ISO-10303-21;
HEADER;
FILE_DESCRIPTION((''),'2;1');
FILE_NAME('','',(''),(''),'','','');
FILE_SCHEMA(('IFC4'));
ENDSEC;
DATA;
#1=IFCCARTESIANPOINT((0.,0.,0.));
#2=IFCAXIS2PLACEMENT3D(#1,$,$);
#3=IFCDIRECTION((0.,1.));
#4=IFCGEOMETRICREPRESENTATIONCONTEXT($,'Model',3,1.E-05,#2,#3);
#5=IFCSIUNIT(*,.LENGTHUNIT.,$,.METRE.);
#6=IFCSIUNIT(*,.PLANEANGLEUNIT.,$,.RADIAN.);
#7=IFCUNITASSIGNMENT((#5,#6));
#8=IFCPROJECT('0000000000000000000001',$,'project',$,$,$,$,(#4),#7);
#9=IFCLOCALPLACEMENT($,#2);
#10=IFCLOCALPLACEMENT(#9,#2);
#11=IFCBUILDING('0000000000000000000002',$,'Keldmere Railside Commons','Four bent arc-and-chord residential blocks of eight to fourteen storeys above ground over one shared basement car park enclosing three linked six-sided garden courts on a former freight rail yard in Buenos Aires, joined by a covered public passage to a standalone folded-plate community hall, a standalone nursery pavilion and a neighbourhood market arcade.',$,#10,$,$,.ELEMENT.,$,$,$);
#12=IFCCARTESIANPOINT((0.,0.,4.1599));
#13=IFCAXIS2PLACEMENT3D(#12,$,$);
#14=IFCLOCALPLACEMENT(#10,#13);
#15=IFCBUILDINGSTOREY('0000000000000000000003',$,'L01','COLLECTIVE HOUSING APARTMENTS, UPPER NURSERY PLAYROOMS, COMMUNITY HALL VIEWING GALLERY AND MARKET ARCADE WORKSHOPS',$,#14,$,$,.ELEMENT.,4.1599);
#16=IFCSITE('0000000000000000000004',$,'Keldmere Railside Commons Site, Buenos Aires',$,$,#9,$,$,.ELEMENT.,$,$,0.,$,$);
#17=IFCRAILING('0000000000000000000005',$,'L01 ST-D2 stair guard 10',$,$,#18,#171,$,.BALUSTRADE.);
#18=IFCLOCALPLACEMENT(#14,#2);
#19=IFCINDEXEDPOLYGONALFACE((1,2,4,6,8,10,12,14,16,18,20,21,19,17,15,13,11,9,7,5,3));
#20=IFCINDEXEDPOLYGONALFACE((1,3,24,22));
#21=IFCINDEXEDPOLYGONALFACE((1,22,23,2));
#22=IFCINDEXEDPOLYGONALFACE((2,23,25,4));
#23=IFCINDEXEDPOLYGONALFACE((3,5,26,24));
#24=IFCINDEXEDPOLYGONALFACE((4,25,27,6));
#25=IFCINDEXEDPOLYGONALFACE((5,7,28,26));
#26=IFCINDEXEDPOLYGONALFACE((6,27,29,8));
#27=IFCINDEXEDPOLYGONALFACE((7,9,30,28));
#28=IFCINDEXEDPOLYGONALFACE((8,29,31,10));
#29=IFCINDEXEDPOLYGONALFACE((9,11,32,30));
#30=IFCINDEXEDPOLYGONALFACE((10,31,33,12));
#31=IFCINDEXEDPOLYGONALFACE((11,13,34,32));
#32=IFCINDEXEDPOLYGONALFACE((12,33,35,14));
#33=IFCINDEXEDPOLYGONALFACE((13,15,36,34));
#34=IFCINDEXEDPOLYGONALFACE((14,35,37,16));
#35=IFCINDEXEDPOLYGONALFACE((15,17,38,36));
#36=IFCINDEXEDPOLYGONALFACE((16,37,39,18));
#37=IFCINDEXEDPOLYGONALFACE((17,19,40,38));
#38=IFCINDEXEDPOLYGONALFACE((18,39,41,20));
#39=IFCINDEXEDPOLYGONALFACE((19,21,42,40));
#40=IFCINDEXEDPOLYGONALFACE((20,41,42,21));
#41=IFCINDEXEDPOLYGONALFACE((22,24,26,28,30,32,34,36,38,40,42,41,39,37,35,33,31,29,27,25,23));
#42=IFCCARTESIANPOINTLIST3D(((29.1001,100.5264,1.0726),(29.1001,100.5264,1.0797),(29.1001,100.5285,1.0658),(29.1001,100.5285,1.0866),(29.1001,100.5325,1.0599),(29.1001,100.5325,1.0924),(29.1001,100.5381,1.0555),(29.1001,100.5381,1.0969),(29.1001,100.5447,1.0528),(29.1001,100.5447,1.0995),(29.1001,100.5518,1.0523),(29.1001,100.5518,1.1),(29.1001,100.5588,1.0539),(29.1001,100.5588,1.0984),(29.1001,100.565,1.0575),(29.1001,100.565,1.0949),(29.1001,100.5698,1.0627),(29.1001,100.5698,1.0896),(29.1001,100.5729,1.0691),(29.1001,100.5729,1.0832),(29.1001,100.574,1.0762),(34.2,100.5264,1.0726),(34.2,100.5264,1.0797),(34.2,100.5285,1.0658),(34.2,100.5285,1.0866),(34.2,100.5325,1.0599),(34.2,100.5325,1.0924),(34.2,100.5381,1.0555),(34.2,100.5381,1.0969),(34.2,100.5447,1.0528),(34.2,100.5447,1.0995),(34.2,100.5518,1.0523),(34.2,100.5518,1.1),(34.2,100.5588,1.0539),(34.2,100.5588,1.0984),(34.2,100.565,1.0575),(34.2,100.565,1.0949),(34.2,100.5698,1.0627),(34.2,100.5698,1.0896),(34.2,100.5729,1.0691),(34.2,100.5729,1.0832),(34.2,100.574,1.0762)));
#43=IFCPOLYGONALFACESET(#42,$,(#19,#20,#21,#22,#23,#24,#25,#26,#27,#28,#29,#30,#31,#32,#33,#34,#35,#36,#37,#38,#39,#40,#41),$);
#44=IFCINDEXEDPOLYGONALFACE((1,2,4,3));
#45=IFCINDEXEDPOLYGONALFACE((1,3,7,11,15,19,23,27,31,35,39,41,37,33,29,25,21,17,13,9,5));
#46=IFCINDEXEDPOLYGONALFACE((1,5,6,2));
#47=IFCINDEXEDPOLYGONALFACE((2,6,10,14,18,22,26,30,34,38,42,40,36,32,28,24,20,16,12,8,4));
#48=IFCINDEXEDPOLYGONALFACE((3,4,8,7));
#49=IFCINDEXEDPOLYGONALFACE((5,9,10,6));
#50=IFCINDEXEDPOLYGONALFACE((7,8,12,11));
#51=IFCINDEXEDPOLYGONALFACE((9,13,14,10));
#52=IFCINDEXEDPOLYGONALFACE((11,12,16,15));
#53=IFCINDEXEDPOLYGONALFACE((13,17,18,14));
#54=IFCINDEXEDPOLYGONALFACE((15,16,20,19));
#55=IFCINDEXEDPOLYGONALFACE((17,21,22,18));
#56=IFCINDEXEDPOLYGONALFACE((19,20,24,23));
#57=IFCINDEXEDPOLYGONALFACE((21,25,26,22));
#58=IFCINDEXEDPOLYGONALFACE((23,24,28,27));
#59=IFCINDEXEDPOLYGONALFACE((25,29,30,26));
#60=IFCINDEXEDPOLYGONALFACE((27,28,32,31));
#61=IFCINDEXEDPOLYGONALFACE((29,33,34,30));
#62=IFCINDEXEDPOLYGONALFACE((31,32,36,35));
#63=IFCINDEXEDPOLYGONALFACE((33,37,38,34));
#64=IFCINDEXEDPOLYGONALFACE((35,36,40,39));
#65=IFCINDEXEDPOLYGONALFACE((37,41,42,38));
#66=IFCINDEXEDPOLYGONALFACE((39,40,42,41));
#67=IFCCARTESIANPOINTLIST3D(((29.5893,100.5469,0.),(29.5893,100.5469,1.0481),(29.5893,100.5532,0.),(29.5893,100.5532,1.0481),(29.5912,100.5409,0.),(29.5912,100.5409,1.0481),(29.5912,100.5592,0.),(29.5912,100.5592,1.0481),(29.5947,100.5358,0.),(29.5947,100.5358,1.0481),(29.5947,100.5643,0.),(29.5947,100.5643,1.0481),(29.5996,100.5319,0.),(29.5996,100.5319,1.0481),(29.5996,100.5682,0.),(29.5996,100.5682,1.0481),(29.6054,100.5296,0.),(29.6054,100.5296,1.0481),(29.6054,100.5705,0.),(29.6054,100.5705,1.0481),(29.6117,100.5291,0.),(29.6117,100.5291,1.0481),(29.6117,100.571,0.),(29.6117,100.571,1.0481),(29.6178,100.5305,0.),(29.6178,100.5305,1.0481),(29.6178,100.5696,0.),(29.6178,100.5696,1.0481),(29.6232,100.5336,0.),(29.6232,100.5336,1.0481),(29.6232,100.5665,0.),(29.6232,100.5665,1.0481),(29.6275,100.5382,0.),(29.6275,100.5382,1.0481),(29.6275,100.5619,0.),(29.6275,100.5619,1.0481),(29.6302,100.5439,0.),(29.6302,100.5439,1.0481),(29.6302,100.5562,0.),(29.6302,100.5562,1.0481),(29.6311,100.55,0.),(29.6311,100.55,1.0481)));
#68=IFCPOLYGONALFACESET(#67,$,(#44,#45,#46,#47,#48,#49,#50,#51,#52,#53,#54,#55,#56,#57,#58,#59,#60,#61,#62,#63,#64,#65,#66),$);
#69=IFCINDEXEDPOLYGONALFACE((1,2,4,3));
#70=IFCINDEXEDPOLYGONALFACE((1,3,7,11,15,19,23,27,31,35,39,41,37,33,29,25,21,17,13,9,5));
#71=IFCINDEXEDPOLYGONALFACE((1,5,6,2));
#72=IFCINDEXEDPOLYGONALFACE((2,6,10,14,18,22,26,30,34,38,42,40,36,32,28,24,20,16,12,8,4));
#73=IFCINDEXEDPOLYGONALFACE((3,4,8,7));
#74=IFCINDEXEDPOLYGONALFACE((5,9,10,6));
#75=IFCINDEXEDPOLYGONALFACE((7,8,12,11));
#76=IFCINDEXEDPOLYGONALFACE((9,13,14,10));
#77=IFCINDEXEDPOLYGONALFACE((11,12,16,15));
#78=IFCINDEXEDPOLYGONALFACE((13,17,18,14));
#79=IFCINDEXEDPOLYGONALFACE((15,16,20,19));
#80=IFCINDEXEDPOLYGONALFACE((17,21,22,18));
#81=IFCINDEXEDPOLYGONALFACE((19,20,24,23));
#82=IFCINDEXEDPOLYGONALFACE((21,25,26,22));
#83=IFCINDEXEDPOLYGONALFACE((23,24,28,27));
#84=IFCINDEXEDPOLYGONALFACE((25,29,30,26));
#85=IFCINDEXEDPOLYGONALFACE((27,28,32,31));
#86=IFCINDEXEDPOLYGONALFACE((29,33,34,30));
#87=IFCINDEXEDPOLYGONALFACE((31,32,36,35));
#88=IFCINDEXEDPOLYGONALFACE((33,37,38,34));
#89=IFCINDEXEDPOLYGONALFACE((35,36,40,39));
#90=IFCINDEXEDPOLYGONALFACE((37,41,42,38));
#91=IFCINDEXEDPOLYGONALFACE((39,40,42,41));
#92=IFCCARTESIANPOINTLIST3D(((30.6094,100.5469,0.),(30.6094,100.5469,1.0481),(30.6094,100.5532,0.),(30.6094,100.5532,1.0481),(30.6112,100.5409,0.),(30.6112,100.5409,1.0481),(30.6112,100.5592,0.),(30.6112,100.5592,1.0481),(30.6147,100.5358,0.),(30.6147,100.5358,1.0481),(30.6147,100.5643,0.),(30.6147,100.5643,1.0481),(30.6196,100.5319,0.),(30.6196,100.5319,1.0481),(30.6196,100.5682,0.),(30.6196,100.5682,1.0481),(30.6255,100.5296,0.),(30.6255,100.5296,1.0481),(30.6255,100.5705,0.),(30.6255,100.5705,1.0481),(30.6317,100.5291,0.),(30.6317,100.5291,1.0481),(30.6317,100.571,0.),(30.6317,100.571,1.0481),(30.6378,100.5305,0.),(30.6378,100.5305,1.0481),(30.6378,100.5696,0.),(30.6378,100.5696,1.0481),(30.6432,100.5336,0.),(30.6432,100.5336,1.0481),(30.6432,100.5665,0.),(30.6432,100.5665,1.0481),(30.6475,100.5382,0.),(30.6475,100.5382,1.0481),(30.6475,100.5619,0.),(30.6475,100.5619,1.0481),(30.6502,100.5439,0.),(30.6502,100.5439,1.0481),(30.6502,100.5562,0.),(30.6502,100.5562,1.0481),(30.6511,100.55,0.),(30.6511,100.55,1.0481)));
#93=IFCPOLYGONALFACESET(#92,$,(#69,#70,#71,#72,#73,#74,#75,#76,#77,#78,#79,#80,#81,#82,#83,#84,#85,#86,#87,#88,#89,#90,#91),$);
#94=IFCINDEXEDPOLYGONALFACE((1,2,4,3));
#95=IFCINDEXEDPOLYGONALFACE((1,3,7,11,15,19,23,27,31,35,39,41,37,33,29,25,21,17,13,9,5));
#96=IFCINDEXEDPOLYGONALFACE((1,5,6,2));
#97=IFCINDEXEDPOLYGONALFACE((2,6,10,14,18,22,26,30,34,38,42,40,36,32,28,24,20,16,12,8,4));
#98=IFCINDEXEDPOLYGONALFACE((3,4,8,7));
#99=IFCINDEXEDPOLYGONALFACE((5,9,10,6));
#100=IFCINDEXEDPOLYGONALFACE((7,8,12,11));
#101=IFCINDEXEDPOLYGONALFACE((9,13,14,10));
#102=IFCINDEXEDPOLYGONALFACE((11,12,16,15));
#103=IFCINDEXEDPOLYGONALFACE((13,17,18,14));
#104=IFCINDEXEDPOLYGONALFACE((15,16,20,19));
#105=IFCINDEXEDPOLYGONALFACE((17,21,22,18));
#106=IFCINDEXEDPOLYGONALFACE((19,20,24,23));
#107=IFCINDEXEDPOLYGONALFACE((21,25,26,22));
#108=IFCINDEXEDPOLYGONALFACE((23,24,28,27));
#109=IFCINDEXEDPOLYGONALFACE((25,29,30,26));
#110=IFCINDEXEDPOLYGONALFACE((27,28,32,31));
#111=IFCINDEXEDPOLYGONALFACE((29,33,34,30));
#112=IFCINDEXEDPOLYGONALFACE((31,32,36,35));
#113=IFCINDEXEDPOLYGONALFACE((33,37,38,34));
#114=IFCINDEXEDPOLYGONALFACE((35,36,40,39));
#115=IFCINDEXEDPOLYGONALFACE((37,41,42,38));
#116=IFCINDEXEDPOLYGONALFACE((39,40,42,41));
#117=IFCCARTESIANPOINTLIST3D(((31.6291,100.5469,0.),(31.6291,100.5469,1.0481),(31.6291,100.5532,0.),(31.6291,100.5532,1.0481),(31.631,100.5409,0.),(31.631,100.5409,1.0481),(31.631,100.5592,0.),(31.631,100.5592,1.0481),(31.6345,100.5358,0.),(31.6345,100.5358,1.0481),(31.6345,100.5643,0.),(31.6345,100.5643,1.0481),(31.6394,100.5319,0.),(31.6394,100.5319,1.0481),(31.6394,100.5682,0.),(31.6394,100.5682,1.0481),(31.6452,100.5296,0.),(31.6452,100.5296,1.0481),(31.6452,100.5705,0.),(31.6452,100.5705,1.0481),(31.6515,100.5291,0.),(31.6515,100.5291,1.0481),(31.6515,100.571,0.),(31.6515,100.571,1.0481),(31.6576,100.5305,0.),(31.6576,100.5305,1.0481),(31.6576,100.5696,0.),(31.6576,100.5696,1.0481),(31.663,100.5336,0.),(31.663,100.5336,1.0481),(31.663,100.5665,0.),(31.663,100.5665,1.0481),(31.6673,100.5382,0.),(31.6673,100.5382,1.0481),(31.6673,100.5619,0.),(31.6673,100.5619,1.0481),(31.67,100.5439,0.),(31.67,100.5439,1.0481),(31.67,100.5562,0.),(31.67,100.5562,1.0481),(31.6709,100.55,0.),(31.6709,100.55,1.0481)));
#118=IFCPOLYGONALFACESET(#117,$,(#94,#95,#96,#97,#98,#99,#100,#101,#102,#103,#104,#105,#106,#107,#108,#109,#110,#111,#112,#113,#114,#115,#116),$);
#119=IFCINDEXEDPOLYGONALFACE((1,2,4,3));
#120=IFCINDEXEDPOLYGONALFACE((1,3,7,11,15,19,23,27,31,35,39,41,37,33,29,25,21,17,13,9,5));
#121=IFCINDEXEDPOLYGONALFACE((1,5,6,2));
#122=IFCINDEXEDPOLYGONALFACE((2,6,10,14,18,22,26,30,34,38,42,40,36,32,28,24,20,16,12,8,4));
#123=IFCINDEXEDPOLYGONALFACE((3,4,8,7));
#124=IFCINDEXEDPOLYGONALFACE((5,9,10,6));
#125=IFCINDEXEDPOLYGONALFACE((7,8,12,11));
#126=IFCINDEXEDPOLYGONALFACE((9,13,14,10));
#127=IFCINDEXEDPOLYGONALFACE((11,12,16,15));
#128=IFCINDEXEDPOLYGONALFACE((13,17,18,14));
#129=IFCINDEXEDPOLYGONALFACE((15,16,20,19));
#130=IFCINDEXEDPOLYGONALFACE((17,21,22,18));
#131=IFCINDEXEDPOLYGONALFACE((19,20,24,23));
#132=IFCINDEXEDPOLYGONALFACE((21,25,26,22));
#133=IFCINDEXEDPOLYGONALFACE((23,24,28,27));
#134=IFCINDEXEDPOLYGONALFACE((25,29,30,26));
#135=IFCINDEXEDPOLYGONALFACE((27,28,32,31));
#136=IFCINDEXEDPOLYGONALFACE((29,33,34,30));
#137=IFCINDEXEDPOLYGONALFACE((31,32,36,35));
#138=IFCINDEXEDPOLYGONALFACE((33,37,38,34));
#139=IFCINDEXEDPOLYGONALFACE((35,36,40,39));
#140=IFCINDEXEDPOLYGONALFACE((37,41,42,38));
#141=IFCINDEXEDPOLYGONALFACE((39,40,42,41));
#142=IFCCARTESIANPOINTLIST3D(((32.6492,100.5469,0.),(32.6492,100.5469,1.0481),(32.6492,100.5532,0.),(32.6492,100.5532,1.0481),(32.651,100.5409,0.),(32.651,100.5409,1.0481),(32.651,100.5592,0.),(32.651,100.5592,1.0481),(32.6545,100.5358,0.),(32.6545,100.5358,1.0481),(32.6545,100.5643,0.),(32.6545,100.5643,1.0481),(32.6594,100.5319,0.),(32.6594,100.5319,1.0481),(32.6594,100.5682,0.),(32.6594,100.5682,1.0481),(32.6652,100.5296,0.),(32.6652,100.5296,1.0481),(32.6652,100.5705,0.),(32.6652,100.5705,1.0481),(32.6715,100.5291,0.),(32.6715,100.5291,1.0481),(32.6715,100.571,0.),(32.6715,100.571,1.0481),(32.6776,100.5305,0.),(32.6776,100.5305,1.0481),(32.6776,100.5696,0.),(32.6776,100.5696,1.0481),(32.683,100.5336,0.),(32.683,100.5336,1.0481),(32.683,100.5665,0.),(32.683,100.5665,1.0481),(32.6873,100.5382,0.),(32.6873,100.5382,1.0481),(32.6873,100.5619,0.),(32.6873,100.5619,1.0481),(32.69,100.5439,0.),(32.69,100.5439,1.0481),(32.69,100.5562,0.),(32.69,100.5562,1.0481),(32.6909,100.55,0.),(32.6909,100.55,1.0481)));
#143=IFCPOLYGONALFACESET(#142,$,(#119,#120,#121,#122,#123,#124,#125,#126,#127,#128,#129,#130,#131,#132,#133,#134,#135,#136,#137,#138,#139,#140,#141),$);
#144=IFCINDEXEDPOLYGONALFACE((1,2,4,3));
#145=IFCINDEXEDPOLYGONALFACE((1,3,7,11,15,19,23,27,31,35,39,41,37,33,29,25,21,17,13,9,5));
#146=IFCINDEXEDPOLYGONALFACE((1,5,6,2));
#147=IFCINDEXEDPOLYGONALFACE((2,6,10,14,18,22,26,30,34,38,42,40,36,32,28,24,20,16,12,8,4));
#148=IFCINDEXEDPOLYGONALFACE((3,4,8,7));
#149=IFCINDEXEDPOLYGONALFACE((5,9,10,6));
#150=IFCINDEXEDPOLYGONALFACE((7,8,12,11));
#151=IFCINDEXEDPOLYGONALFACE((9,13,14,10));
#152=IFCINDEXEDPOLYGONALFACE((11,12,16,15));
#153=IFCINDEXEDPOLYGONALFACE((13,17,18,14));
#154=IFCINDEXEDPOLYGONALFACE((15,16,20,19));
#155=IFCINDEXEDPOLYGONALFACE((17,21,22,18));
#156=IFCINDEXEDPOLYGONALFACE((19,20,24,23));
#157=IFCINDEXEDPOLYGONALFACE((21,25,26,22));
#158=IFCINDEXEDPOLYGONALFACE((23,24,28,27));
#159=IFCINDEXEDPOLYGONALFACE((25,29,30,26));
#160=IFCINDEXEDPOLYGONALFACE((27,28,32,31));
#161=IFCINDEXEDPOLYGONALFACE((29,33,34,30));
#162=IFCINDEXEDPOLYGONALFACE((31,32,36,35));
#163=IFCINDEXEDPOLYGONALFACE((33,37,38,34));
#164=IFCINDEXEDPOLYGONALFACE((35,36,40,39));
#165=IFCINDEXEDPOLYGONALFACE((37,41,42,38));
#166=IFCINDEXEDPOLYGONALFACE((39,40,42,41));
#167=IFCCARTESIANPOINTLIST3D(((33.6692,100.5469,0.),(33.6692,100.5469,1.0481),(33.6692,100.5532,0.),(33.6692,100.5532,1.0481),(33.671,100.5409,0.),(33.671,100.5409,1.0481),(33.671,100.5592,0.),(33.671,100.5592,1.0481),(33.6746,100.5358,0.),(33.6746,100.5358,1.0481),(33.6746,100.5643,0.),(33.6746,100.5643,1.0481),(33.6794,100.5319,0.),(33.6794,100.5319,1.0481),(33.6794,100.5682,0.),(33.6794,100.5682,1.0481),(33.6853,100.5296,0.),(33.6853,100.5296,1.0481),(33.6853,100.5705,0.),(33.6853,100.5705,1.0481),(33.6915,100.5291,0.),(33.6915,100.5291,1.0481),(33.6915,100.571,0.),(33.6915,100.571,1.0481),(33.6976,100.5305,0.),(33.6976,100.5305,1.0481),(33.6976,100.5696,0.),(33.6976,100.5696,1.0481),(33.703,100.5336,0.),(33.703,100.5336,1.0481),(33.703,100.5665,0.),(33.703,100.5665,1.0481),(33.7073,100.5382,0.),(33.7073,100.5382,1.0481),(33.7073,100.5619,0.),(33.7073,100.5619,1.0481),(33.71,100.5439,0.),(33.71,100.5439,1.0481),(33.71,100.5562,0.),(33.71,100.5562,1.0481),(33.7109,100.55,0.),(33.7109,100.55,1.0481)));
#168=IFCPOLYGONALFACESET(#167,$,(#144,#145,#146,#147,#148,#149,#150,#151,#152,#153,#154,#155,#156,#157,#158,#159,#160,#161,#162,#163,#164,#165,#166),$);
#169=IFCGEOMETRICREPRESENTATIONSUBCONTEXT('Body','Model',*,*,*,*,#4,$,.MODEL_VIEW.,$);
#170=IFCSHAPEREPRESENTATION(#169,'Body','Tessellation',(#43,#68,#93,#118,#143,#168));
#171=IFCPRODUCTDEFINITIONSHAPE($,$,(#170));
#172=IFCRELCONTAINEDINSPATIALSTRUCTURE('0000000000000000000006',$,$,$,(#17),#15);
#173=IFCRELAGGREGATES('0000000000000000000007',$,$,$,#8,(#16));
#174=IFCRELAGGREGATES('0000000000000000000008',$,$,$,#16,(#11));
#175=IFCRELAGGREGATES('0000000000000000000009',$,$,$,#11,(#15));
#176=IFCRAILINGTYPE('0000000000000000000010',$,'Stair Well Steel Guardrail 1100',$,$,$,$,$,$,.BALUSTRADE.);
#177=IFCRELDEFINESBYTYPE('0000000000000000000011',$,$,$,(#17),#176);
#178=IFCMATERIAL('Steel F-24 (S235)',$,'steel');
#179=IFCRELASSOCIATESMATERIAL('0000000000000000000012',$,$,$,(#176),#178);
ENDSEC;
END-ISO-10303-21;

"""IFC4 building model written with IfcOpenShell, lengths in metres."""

from ifc_helpers import new_model, si_unit, direction, frame, origin, origin_2d, place, context, subcontext, project, spatial, circle, extrude, material, type_object, element, save


model = new_model("IFC4")

# Units and contexts
model_context = context("Model", 3, precision=1e-05, world=origin(), true_north=direction((0.0, 1.0)))
body_context = subcontext(model_context, "Body", "Model", "MODEL_VIEW")
ifc_project = project(units=[si_unit("LENGTHUNIT", "METRE"), si_unit("PLANEANGLEUNIT", "RADIAN")], contexts=[model_context])

# Site, building, storey
site_placement = place(None, origin())
site = spatial("IfcSite", under=ifc_project, at=site_placement, Name="Keldmere Railside Commons Site, Buenos Aires", CompositionType="ELEMENT", RefElevation=0.0)
building_placement = place(site_placement, origin())
building = spatial("IfcBuilding", under=site, at=building_placement, Name="Keldmere Railside Commons", Description="Four bent arc-and-chord residential blocks of eight to fourteen storeys above ground over one shared basement car park enclosing three linked six-sided garden courts on a former freight rail yard in Buenos Aires, joined by a covered public passage to a standalone folded-plate community hall, a standalone nursery pavilion and a neighbourhood market arcade.", CompositionType="ELEMENT")
storey_placement = place(building_placement, frame((0.0, 0.0, 4.1599)))
storey = spatial("IfcBuildingStorey", under=building, at=storey_placement, Name="L01", Description="COLLECTIVE HOUSING APARTMENTS, UPPER NURSERY PLAYROOMS, COMMUNITY HALL VIEWING GALLERY AND MARKET ARCADE WORKSHOPS", CompositionType="ELEMENT", Elevation=4.1599)

# Shared definitions
ifc_material_1 = material(Name="Steel F-24 (S235)", Category="steel")

# Railing
railing_type_1 = type_object("IfcRailingType", Name="Stair Well Steel Guardrail 1100", PredefinedType="BALUSTRADE", material=ifc_material_1)
for number, where, name in (
    (1, (29.1001, 100.55, 0.0), "L01 ST-D2 stair guard 10"),
):
    element("IfcRailing", number, at=place(storey_placement, frame(where)), inside=storey, type_object=railing_type_1, Name=name, PredefinedType="BALUSTRADE", context=body_context, shape_type="SweptSolid", body=[
        extrude(circle(Radius=0.0239, at=origin_2d()), frame((0.0, 0.0, 1.0762), z_axis=(1.0, 0.0, 0.0), x_axis=(0.0, 1.0, 0.0)), (0.0, 0.0, 1.0), 5.0999),
        extrude(circle(Radius=0.021, at=origin_2d()), frame((0.51, 0.0, 0.0)), (0.0, 0.0, 1.0), 1.0481),
        extrude(circle(Radius=0.021, at=origin_2d()), frame((1.53, 0.0, 0.0)), (0.0, 0.0, 1.0), 1.0481),
        extrude(circle(Radius=0.021, at=origin_2d()), frame((2.5498, 0.0, 0.0)), (0.0, 0.0, 1.0), 1.0481),
        extrude(circle(Radius=0.021, at=origin_2d()), frame((3.5698, 0.0, 0.0)), (0.0, 0.0, 1.0), 1.0481),
        extrude(circle(Radius=0.021, at=origin_2d()), frame((4.5898, 0.0, 0.0)), (0.0, 0.0, 1.0), 1.0481),
    ])

save(model, "model.ifc")
